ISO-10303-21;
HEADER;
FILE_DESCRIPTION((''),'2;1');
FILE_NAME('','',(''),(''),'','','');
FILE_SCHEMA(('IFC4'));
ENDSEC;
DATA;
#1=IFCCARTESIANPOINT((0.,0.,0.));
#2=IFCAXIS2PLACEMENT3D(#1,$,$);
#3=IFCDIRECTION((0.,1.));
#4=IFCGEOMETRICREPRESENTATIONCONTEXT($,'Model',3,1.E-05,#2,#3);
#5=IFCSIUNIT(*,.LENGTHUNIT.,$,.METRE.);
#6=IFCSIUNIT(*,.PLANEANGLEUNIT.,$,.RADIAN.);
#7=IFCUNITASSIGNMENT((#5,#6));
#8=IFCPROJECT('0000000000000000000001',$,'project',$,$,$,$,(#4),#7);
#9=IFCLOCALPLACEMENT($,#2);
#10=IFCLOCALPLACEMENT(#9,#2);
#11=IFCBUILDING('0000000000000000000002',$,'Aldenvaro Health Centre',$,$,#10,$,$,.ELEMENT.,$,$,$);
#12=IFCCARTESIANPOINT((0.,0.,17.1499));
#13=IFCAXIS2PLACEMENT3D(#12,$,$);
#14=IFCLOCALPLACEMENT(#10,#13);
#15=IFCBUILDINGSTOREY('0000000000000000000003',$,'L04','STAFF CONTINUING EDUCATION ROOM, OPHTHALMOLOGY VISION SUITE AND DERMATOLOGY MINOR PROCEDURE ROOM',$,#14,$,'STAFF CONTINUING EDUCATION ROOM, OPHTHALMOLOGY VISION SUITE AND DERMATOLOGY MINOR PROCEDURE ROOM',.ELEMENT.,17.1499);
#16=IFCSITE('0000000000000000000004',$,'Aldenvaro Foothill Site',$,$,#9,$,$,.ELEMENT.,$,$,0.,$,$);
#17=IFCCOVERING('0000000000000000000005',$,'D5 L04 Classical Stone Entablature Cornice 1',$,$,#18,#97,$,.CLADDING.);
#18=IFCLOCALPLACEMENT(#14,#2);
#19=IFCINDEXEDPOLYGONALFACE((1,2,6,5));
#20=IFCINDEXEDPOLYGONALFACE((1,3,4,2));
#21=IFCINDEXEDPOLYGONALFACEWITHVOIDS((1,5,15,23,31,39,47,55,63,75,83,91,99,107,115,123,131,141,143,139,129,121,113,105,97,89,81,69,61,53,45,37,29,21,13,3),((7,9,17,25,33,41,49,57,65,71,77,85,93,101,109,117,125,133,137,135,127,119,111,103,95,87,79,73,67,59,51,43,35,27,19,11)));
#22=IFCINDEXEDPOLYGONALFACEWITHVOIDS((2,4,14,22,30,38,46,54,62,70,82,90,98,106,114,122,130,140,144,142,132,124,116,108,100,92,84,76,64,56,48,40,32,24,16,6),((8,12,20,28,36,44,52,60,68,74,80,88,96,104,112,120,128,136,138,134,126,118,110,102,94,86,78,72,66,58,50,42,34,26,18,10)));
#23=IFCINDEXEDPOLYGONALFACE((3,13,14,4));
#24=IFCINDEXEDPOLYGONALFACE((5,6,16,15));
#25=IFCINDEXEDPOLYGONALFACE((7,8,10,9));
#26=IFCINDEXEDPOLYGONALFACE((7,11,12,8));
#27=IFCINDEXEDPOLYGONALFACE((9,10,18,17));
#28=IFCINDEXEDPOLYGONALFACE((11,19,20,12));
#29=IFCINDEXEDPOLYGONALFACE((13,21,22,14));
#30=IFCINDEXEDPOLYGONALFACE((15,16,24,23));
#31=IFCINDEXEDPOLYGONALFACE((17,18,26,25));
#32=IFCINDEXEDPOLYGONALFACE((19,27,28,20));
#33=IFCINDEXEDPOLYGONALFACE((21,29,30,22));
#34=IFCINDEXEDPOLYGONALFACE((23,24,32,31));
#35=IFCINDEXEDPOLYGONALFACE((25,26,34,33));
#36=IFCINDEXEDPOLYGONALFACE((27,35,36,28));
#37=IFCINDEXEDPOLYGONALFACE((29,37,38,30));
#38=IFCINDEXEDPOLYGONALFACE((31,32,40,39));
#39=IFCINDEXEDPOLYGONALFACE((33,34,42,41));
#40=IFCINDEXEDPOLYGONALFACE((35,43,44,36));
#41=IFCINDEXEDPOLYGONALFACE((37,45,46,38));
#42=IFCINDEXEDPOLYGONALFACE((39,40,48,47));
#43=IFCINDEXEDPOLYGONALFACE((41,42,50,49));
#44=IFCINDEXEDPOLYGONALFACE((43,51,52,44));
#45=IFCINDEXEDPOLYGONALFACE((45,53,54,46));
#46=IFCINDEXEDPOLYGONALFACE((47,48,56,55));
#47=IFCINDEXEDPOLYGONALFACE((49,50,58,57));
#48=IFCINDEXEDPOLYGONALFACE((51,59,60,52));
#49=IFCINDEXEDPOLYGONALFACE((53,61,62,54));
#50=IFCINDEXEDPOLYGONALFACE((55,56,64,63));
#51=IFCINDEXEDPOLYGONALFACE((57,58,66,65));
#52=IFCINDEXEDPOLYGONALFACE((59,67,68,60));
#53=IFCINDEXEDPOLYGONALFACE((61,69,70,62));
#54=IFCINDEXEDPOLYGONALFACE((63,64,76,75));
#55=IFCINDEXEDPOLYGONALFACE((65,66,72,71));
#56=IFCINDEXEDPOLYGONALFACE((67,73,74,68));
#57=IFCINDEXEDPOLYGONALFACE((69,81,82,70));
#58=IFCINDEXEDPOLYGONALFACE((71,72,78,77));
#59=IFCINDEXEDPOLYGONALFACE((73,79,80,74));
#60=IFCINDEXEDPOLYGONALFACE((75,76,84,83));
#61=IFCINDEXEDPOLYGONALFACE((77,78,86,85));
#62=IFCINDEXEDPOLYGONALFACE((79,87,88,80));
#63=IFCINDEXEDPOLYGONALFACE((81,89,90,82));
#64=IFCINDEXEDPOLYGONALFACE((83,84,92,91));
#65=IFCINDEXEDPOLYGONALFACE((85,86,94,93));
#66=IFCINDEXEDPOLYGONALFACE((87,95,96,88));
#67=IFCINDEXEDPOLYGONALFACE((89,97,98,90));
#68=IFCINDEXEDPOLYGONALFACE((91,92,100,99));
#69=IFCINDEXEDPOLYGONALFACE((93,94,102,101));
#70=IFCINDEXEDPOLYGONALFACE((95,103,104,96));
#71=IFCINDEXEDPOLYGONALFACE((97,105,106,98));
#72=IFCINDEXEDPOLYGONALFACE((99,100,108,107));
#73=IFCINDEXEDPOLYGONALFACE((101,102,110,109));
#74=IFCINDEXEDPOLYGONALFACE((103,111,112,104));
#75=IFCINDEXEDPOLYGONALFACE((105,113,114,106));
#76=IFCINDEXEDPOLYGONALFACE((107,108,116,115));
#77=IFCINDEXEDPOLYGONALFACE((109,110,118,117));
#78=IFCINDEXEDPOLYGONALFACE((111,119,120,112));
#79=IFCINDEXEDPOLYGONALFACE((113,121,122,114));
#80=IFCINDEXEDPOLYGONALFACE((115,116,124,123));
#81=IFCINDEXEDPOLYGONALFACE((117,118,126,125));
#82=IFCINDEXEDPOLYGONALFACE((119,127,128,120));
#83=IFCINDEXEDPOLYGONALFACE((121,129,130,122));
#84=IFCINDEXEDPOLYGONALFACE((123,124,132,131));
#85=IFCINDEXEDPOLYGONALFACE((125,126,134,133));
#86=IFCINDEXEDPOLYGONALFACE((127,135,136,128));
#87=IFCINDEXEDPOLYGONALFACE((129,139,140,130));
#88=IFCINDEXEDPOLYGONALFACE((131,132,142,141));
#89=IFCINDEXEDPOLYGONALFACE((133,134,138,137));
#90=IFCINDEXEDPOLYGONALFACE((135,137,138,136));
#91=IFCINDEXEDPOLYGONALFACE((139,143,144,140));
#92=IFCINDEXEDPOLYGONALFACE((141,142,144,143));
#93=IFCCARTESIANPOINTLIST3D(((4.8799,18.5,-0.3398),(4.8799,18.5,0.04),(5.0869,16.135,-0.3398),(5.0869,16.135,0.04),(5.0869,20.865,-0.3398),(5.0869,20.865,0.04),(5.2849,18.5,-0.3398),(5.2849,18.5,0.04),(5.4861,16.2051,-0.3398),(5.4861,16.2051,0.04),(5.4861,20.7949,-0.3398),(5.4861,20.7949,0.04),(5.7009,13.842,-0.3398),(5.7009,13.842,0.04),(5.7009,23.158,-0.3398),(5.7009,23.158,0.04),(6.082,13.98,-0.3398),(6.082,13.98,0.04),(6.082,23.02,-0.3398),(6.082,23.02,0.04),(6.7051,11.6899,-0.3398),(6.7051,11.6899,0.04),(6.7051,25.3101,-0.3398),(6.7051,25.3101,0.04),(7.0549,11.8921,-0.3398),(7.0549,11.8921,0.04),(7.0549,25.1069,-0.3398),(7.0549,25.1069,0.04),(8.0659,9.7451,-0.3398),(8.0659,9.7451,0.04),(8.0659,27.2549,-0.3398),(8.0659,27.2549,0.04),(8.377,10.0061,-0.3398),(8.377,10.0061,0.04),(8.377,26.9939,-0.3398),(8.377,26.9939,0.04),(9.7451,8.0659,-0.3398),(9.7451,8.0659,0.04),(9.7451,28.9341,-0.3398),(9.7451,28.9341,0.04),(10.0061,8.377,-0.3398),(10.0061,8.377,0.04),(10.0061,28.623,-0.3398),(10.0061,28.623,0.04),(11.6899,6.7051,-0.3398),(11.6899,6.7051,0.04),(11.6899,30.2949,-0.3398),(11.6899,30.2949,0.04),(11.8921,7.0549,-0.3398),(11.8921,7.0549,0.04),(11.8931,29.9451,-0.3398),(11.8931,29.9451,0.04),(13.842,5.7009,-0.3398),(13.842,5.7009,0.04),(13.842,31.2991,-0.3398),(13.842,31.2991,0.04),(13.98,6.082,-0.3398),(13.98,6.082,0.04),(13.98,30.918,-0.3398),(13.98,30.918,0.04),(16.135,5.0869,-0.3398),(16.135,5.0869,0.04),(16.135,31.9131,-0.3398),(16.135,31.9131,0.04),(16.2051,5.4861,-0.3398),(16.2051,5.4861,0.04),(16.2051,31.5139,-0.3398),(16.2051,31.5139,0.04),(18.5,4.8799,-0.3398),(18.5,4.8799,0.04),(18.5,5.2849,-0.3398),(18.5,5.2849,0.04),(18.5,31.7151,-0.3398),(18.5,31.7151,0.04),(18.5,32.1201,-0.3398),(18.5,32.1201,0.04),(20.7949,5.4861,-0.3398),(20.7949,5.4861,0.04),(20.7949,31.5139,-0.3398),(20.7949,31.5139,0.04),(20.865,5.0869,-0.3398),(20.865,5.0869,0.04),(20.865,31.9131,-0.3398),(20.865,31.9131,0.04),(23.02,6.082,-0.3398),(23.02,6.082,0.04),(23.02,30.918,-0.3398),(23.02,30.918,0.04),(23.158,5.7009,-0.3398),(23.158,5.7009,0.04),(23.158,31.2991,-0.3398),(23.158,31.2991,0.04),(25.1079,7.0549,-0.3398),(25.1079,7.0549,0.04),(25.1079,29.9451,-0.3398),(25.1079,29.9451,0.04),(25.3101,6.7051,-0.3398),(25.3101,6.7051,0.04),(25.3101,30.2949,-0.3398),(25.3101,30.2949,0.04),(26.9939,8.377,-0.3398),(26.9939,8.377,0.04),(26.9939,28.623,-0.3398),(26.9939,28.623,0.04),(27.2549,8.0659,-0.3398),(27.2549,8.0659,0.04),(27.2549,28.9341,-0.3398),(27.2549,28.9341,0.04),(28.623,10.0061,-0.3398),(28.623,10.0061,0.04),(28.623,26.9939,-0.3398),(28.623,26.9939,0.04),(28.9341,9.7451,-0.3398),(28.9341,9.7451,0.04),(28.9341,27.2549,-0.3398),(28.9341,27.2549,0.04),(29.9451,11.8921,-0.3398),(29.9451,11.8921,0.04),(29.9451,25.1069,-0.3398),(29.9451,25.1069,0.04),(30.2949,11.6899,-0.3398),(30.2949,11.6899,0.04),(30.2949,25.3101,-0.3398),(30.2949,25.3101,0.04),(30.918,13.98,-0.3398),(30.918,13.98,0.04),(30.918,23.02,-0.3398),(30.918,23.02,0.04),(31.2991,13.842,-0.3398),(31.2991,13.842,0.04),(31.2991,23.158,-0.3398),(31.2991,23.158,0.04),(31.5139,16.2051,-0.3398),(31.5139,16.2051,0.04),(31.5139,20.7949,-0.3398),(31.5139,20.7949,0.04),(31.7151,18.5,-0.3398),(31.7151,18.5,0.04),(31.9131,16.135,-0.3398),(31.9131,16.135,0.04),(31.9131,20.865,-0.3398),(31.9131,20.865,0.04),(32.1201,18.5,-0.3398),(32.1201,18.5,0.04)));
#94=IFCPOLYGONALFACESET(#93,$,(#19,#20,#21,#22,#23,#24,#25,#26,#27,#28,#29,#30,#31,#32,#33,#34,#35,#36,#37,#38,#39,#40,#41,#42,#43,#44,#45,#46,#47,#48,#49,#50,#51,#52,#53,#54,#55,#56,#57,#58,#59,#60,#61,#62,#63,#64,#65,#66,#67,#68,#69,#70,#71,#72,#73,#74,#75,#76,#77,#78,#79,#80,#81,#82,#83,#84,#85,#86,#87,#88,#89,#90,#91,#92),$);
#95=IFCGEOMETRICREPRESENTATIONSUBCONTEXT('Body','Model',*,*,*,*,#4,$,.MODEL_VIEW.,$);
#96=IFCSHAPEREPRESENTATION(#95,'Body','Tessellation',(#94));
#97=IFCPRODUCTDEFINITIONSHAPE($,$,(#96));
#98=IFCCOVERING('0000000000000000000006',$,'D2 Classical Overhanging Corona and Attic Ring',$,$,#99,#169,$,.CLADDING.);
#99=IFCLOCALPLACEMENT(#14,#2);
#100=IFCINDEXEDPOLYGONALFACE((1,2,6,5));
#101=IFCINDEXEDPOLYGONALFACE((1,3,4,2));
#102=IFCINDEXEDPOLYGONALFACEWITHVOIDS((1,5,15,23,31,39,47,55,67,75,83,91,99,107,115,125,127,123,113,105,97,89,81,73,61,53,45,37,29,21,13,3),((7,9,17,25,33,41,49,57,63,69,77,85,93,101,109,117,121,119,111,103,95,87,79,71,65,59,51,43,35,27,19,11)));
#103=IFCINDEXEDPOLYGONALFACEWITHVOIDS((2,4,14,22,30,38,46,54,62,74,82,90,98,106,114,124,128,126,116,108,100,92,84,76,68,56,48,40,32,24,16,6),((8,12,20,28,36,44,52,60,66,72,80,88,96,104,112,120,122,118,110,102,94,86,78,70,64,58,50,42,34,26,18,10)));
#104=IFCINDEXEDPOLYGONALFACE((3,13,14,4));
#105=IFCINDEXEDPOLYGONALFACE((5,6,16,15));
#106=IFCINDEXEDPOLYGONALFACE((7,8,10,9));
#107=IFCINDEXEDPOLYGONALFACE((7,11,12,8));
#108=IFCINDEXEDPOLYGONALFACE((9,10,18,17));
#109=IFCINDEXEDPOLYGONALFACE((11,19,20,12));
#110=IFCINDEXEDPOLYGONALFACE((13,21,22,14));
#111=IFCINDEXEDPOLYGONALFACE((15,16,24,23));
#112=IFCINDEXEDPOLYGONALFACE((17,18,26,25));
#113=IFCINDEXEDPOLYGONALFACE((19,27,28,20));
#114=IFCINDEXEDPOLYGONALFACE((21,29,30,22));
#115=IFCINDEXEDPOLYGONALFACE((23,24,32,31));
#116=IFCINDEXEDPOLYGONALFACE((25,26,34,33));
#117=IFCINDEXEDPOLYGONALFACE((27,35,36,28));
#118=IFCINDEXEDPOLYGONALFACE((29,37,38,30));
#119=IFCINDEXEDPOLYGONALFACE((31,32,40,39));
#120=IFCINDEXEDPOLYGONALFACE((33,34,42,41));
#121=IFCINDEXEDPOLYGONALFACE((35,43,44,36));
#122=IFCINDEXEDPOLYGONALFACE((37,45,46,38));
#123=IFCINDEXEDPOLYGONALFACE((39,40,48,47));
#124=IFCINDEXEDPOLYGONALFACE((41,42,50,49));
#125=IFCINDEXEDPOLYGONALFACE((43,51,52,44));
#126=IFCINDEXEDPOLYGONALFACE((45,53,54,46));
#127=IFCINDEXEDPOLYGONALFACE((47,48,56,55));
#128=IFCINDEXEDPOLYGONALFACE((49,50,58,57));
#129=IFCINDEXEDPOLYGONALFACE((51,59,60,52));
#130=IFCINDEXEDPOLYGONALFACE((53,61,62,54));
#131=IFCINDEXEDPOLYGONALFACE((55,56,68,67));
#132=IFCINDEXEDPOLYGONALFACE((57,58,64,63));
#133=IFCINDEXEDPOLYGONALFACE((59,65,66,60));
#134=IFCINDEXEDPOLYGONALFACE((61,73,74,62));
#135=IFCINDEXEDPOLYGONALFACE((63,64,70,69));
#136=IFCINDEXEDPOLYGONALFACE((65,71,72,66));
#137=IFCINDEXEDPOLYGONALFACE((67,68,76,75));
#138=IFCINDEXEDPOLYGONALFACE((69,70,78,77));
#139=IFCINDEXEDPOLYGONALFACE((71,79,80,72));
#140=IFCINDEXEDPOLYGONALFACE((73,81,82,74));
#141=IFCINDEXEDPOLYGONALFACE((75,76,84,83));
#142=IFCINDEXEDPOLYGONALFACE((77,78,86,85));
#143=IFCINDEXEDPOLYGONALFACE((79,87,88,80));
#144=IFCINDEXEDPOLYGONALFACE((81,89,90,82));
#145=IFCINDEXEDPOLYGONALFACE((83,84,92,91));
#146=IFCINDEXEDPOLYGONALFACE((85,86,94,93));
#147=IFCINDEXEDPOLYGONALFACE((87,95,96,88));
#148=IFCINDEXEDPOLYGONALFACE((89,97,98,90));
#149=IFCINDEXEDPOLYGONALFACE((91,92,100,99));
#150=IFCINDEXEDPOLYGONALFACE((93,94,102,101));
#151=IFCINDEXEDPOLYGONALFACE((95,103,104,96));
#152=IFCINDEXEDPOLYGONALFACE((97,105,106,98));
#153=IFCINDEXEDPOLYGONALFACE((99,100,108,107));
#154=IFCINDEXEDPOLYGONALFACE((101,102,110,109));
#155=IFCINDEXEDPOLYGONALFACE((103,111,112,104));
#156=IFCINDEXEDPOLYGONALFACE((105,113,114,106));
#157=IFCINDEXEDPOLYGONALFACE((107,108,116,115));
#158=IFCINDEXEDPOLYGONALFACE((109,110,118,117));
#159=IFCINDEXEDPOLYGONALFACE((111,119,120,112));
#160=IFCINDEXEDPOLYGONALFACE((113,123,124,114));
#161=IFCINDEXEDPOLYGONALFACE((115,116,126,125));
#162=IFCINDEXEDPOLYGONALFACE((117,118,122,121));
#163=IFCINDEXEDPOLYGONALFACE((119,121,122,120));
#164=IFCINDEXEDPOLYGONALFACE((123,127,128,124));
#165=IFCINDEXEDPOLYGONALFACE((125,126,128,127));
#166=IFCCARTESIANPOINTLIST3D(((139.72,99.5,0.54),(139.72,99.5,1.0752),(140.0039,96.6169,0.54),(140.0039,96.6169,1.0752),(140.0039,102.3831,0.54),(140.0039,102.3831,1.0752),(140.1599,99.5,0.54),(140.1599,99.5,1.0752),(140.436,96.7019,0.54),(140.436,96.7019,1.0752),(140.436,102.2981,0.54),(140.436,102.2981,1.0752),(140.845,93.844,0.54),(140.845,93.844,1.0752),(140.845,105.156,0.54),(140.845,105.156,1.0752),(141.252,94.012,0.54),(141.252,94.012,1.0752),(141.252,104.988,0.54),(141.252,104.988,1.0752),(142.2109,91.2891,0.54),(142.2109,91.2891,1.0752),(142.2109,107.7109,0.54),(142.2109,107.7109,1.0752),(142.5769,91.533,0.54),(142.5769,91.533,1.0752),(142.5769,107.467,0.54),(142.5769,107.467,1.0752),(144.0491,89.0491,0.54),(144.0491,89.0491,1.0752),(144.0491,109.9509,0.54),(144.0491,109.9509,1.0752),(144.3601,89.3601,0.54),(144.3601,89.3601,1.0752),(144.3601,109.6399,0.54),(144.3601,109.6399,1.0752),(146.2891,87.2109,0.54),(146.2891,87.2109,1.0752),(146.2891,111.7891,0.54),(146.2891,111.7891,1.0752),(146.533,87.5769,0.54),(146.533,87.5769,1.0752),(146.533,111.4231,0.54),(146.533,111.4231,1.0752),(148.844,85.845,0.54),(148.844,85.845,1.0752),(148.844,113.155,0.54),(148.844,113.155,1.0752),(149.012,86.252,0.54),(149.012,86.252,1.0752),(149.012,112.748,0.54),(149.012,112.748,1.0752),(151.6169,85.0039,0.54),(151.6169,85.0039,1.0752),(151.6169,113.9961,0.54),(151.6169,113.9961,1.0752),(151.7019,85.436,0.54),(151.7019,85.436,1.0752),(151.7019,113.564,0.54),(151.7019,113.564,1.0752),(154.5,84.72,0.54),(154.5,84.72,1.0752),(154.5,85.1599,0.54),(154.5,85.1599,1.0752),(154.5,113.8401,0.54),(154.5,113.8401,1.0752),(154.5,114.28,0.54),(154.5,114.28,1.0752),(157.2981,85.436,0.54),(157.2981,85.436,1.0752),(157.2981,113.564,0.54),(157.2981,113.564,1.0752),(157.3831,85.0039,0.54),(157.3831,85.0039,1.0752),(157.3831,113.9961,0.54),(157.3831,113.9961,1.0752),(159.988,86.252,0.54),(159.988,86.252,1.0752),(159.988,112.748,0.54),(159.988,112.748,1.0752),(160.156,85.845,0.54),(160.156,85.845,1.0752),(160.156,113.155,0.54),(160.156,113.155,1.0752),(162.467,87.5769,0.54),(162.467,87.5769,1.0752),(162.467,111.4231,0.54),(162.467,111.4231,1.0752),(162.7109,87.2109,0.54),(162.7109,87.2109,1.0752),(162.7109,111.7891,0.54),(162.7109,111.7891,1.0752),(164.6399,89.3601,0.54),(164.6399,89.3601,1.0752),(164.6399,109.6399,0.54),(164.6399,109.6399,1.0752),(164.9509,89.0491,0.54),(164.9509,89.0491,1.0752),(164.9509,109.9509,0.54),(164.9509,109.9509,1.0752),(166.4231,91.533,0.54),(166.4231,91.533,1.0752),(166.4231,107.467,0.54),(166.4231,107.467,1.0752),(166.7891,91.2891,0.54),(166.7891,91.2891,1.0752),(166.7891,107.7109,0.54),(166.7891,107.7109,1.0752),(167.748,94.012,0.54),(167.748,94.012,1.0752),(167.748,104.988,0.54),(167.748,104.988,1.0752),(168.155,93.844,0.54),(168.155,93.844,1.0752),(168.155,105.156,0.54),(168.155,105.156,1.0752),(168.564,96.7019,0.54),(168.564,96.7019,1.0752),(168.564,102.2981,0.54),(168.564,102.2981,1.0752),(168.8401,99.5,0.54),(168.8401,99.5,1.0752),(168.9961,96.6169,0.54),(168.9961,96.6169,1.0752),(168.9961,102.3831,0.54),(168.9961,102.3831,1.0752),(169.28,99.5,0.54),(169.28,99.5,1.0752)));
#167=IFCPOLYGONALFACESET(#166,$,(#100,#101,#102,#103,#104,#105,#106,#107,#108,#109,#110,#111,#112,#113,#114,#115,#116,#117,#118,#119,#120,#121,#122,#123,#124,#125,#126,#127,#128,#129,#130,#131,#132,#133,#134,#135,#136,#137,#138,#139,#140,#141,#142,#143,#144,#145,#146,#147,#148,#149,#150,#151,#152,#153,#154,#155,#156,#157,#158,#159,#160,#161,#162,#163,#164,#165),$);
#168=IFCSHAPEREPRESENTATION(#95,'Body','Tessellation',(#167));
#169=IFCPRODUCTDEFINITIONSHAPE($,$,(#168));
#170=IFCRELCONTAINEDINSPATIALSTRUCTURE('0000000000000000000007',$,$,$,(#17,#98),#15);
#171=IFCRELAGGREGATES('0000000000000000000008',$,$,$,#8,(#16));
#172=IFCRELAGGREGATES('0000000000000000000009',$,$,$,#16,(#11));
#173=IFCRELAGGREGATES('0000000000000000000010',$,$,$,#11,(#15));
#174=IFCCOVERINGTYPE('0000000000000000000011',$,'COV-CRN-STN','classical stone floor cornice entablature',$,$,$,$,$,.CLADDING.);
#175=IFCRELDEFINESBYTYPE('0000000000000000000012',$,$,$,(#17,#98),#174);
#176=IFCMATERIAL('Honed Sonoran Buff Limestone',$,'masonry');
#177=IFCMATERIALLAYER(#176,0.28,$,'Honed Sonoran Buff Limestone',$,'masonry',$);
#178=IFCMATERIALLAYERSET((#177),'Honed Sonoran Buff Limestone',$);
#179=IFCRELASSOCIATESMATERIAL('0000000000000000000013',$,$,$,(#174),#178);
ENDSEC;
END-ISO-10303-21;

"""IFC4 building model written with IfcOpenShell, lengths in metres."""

from ifc_helpers import new_model, si_unit, direction, frame, origin, place, context, subcontext, project, spatial, polyline, outline, extrude, material, layer, layer_set, type_object, element, save


model = new_model("IFC4")

# Units and contexts
model_context = context("Model", 3, precision=1e-05, world=origin(), true_north=direction((0.0, 1.0)))
body_context = subcontext(model_context, "Body", "Model", "MODEL_VIEW")
ifc_project = project(units=[si_unit("LENGTHUNIT", "METRE"), si_unit("PLANEANGLEUNIT", "RADIAN")], contexts=[model_context])

# Site, building, storey
site_placement = place(None, origin())
site = spatial("IfcSite", under=ifc_project, at=site_placement, Name="Aldenvaro Foothill Site", CompositionType="ELEMENT", RefElevation=0.0)
building_placement = place(site_placement, origin())
building = spatial("IfcBuilding", under=site, at=building_placement, Name="Aldenvaro Health Centre", CompositionType="ELEMENT")
storey_placement = place(building_placement, frame((0.0, 0.0, 17.1499)))
storey = spatial("IfcBuildingStorey", under=building, at=storey_placement, Name="L04", Description="STAFF CONTINUING EDUCATION ROOM, OPHTHALMOLOGY VISION SUITE AND DERMATOLOGY MINOR PROCEDURE ROOM", LongName="STAFF CONTINUING EDUCATION ROOM, OPHTHALMOLOGY VISION SUITE AND DERMATOLOGY MINOR PROCEDURE ROOM", CompositionType="ELEMENT", Elevation=17.1499)

# Coverings
ifc_material_1 = material(Name="Honed Sonoran Buff Limestone", Category="masonry")
ifc_layer_1 = layer(ifc_material_1, 0.28, Name="Honed Sonoran Buff Limestone", Category="masonry")
ifc_layer_set_1 = layer_set([ifc_layer_1], Name="Honed Sonoran Buff Limestone")
covering_type_1 = type_object("IfcCoveringType", Name="COV-CRN-STN", Description="classical stone floor cornice entablature", PredefinedType="CLADDING", material=ifc_layer_set_1)
covering_1_placement = place(storey_placement, frame((0.0, 0.0, -0.3398)))
element("IfcCovering", 1, at=covering_1_placement, inside=storey, type_object=covering_type_1, Name="D5 L04 Classical Stone Entablature Cornice 1", PredefinedType="CLADDING", context=body_context, shape_type="SweptSolid", body=[
    extrude(outline(polyline([(32.1201, 18.5), (31.9131, 20.865), (31.2991, 23.158), (30.2949, 25.3101), (28.9341, 27.2549), (27.2549, 28.9341), (25.3101, 30.2949), (23.158, 31.2991), (20.865, 31.9131), (18.5, 32.1201), (16.135, 31.9131), (13.842, 31.2991), (11.6899, 30.2949), (9.7451, 28.9341), (8.0659, 27.2549), (6.7051, 25.3101), (5.7009, 23.158), (5.0869, 20.865), (4.8799, 18.5), (5.0869, 16.135), (5.7009, 13.842), (6.7051, 11.6899), (8.0659, 9.7451), (9.7451, 8.0659), (11.6899, 6.7051), (13.842, 5.7009), (16.135, 5.0869), (18.5, 4.8799), (20.865, 5.0869), (23.158, 5.7009), (25.3101, 6.7051), (27.2549, 8.0659), (28.9341, 9.7451), (30.2949, 11.6899), (31.2991, 13.842), (31.9131, 16.135), (32.1201, 18.5)]), holes=[polyline([(31.7151, 18.5), (31.5139, 16.2051), (30.918, 13.98), (29.9451, 11.8921), (28.623, 10.0061), (26.9939, 8.377), (25.1079, 7.0549), (23.02, 6.082), (20.7949, 5.4861), (18.5, 5.2849), (16.2051, 5.4861), (13.98, 6.082), (11.8921, 7.0549), (10.0061, 8.377), (8.377, 10.0061), (7.0549, 11.8921), (6.082, 13.98), (5.4861, 16.2051), (5.2849, 18.5), (5.4861, 20.7949), (6.082, 23.02), (7.0549, 25.1069), (8.377, 26.9939), (10.0061, 28.623), (11.8931, 29.9451), (13.98, 30.918), (16.2051, 31.5139), (18.5, 31.7151), (20.7949, 31.5139), (23.02, 30.918), (25.1079, 29.9451), (26.9939, 28.623), (28.623, 26.9939), (29.9451, 25.1069), (30.918, 23.02), (31.5139, 20.7949), (31.7151, 18.5)])]), origin(), (0.0, 0.0, 1.0), 0.3799),
])
covering_2_placement = place(storey_placement, frame((0.0, 0.0, 0.54)))
element("IfcCovering", 2, at=covering_2_placement, inside=storey, type_object=covering_type_1, Name="D2 Classical Overhanging Corona and Attic Ring", PredefinedType="CLADDING", context=body_context, shape_type="SweptSolid", body=[
    extrude(outline(polyline([(169.28, 99.5), (168.9961, 102.3831), (168.155, 105.156), (166.7891, 107.7109), (164.9509, 109.9509), (162.7109, 111.7891), (160.156, 113.155), (157.3831, 113.9961), (154.5, 114.28), (151.6169, 113.9961), (148.844, 113.155), (146.2891, 111.7891), (144.0491, 109.9509), (142.2109, 107.7109), (140.845, 105.156), (140.0039, 102.3831), (139.72, 99.5), (140.0039, 96.6169), (140.845, 93.844), (142.2109, 91.2891), (144.0491, 89.0491), (146.2891, 87.2109), (148.844, 85.845), (151.6169, 85.0039), (154.5, 84.72), (157.3831, 85.0039), (160.156, 85.845), (162.7109, 87.2109), (164.9509, 89.0491), (166.7891, 91.2891), (168.155, 93.844), (168.9961, 96.6169), (169.28, 99.5)]), holes=[polyline([(168.8401, 99.5), (168.564, 96.7019), (167.748, 94.012), (166.4231, 91.533), (164.6399, 89.3601), (162.467, 87.5769), (159.988, 86.252), (157.2981, 85.436), (154.5, 85.1599), (151.7019, 85.436), (149.012, 86.252), (146.533, 87.5769), (144.3601, 89.3601), (142.5769, 91.533), (141.252, 94.012), (140.436, 96.7019), (140.1599, 99.5), (140.436, 102.2981), (141.252, 104.988), (142.5769, 107.467), (144.3601, 109.6399), (146.533, 111.4231), (149.012, 112.748), (151.7019, 113.564), (154.5, 113.8401), (157.2981, 113.564), (159.988, 112.748), (162.467, 111.4231), (164.6399, 109.6399), (166.4231, 107.467), (167.748, 104.988), (168.564, 102.2981), (168.8401, 99.5)])]), origin(), (0.0, 0.0, 1.0), 0.5352),
])

save(model, "model.ifc")
